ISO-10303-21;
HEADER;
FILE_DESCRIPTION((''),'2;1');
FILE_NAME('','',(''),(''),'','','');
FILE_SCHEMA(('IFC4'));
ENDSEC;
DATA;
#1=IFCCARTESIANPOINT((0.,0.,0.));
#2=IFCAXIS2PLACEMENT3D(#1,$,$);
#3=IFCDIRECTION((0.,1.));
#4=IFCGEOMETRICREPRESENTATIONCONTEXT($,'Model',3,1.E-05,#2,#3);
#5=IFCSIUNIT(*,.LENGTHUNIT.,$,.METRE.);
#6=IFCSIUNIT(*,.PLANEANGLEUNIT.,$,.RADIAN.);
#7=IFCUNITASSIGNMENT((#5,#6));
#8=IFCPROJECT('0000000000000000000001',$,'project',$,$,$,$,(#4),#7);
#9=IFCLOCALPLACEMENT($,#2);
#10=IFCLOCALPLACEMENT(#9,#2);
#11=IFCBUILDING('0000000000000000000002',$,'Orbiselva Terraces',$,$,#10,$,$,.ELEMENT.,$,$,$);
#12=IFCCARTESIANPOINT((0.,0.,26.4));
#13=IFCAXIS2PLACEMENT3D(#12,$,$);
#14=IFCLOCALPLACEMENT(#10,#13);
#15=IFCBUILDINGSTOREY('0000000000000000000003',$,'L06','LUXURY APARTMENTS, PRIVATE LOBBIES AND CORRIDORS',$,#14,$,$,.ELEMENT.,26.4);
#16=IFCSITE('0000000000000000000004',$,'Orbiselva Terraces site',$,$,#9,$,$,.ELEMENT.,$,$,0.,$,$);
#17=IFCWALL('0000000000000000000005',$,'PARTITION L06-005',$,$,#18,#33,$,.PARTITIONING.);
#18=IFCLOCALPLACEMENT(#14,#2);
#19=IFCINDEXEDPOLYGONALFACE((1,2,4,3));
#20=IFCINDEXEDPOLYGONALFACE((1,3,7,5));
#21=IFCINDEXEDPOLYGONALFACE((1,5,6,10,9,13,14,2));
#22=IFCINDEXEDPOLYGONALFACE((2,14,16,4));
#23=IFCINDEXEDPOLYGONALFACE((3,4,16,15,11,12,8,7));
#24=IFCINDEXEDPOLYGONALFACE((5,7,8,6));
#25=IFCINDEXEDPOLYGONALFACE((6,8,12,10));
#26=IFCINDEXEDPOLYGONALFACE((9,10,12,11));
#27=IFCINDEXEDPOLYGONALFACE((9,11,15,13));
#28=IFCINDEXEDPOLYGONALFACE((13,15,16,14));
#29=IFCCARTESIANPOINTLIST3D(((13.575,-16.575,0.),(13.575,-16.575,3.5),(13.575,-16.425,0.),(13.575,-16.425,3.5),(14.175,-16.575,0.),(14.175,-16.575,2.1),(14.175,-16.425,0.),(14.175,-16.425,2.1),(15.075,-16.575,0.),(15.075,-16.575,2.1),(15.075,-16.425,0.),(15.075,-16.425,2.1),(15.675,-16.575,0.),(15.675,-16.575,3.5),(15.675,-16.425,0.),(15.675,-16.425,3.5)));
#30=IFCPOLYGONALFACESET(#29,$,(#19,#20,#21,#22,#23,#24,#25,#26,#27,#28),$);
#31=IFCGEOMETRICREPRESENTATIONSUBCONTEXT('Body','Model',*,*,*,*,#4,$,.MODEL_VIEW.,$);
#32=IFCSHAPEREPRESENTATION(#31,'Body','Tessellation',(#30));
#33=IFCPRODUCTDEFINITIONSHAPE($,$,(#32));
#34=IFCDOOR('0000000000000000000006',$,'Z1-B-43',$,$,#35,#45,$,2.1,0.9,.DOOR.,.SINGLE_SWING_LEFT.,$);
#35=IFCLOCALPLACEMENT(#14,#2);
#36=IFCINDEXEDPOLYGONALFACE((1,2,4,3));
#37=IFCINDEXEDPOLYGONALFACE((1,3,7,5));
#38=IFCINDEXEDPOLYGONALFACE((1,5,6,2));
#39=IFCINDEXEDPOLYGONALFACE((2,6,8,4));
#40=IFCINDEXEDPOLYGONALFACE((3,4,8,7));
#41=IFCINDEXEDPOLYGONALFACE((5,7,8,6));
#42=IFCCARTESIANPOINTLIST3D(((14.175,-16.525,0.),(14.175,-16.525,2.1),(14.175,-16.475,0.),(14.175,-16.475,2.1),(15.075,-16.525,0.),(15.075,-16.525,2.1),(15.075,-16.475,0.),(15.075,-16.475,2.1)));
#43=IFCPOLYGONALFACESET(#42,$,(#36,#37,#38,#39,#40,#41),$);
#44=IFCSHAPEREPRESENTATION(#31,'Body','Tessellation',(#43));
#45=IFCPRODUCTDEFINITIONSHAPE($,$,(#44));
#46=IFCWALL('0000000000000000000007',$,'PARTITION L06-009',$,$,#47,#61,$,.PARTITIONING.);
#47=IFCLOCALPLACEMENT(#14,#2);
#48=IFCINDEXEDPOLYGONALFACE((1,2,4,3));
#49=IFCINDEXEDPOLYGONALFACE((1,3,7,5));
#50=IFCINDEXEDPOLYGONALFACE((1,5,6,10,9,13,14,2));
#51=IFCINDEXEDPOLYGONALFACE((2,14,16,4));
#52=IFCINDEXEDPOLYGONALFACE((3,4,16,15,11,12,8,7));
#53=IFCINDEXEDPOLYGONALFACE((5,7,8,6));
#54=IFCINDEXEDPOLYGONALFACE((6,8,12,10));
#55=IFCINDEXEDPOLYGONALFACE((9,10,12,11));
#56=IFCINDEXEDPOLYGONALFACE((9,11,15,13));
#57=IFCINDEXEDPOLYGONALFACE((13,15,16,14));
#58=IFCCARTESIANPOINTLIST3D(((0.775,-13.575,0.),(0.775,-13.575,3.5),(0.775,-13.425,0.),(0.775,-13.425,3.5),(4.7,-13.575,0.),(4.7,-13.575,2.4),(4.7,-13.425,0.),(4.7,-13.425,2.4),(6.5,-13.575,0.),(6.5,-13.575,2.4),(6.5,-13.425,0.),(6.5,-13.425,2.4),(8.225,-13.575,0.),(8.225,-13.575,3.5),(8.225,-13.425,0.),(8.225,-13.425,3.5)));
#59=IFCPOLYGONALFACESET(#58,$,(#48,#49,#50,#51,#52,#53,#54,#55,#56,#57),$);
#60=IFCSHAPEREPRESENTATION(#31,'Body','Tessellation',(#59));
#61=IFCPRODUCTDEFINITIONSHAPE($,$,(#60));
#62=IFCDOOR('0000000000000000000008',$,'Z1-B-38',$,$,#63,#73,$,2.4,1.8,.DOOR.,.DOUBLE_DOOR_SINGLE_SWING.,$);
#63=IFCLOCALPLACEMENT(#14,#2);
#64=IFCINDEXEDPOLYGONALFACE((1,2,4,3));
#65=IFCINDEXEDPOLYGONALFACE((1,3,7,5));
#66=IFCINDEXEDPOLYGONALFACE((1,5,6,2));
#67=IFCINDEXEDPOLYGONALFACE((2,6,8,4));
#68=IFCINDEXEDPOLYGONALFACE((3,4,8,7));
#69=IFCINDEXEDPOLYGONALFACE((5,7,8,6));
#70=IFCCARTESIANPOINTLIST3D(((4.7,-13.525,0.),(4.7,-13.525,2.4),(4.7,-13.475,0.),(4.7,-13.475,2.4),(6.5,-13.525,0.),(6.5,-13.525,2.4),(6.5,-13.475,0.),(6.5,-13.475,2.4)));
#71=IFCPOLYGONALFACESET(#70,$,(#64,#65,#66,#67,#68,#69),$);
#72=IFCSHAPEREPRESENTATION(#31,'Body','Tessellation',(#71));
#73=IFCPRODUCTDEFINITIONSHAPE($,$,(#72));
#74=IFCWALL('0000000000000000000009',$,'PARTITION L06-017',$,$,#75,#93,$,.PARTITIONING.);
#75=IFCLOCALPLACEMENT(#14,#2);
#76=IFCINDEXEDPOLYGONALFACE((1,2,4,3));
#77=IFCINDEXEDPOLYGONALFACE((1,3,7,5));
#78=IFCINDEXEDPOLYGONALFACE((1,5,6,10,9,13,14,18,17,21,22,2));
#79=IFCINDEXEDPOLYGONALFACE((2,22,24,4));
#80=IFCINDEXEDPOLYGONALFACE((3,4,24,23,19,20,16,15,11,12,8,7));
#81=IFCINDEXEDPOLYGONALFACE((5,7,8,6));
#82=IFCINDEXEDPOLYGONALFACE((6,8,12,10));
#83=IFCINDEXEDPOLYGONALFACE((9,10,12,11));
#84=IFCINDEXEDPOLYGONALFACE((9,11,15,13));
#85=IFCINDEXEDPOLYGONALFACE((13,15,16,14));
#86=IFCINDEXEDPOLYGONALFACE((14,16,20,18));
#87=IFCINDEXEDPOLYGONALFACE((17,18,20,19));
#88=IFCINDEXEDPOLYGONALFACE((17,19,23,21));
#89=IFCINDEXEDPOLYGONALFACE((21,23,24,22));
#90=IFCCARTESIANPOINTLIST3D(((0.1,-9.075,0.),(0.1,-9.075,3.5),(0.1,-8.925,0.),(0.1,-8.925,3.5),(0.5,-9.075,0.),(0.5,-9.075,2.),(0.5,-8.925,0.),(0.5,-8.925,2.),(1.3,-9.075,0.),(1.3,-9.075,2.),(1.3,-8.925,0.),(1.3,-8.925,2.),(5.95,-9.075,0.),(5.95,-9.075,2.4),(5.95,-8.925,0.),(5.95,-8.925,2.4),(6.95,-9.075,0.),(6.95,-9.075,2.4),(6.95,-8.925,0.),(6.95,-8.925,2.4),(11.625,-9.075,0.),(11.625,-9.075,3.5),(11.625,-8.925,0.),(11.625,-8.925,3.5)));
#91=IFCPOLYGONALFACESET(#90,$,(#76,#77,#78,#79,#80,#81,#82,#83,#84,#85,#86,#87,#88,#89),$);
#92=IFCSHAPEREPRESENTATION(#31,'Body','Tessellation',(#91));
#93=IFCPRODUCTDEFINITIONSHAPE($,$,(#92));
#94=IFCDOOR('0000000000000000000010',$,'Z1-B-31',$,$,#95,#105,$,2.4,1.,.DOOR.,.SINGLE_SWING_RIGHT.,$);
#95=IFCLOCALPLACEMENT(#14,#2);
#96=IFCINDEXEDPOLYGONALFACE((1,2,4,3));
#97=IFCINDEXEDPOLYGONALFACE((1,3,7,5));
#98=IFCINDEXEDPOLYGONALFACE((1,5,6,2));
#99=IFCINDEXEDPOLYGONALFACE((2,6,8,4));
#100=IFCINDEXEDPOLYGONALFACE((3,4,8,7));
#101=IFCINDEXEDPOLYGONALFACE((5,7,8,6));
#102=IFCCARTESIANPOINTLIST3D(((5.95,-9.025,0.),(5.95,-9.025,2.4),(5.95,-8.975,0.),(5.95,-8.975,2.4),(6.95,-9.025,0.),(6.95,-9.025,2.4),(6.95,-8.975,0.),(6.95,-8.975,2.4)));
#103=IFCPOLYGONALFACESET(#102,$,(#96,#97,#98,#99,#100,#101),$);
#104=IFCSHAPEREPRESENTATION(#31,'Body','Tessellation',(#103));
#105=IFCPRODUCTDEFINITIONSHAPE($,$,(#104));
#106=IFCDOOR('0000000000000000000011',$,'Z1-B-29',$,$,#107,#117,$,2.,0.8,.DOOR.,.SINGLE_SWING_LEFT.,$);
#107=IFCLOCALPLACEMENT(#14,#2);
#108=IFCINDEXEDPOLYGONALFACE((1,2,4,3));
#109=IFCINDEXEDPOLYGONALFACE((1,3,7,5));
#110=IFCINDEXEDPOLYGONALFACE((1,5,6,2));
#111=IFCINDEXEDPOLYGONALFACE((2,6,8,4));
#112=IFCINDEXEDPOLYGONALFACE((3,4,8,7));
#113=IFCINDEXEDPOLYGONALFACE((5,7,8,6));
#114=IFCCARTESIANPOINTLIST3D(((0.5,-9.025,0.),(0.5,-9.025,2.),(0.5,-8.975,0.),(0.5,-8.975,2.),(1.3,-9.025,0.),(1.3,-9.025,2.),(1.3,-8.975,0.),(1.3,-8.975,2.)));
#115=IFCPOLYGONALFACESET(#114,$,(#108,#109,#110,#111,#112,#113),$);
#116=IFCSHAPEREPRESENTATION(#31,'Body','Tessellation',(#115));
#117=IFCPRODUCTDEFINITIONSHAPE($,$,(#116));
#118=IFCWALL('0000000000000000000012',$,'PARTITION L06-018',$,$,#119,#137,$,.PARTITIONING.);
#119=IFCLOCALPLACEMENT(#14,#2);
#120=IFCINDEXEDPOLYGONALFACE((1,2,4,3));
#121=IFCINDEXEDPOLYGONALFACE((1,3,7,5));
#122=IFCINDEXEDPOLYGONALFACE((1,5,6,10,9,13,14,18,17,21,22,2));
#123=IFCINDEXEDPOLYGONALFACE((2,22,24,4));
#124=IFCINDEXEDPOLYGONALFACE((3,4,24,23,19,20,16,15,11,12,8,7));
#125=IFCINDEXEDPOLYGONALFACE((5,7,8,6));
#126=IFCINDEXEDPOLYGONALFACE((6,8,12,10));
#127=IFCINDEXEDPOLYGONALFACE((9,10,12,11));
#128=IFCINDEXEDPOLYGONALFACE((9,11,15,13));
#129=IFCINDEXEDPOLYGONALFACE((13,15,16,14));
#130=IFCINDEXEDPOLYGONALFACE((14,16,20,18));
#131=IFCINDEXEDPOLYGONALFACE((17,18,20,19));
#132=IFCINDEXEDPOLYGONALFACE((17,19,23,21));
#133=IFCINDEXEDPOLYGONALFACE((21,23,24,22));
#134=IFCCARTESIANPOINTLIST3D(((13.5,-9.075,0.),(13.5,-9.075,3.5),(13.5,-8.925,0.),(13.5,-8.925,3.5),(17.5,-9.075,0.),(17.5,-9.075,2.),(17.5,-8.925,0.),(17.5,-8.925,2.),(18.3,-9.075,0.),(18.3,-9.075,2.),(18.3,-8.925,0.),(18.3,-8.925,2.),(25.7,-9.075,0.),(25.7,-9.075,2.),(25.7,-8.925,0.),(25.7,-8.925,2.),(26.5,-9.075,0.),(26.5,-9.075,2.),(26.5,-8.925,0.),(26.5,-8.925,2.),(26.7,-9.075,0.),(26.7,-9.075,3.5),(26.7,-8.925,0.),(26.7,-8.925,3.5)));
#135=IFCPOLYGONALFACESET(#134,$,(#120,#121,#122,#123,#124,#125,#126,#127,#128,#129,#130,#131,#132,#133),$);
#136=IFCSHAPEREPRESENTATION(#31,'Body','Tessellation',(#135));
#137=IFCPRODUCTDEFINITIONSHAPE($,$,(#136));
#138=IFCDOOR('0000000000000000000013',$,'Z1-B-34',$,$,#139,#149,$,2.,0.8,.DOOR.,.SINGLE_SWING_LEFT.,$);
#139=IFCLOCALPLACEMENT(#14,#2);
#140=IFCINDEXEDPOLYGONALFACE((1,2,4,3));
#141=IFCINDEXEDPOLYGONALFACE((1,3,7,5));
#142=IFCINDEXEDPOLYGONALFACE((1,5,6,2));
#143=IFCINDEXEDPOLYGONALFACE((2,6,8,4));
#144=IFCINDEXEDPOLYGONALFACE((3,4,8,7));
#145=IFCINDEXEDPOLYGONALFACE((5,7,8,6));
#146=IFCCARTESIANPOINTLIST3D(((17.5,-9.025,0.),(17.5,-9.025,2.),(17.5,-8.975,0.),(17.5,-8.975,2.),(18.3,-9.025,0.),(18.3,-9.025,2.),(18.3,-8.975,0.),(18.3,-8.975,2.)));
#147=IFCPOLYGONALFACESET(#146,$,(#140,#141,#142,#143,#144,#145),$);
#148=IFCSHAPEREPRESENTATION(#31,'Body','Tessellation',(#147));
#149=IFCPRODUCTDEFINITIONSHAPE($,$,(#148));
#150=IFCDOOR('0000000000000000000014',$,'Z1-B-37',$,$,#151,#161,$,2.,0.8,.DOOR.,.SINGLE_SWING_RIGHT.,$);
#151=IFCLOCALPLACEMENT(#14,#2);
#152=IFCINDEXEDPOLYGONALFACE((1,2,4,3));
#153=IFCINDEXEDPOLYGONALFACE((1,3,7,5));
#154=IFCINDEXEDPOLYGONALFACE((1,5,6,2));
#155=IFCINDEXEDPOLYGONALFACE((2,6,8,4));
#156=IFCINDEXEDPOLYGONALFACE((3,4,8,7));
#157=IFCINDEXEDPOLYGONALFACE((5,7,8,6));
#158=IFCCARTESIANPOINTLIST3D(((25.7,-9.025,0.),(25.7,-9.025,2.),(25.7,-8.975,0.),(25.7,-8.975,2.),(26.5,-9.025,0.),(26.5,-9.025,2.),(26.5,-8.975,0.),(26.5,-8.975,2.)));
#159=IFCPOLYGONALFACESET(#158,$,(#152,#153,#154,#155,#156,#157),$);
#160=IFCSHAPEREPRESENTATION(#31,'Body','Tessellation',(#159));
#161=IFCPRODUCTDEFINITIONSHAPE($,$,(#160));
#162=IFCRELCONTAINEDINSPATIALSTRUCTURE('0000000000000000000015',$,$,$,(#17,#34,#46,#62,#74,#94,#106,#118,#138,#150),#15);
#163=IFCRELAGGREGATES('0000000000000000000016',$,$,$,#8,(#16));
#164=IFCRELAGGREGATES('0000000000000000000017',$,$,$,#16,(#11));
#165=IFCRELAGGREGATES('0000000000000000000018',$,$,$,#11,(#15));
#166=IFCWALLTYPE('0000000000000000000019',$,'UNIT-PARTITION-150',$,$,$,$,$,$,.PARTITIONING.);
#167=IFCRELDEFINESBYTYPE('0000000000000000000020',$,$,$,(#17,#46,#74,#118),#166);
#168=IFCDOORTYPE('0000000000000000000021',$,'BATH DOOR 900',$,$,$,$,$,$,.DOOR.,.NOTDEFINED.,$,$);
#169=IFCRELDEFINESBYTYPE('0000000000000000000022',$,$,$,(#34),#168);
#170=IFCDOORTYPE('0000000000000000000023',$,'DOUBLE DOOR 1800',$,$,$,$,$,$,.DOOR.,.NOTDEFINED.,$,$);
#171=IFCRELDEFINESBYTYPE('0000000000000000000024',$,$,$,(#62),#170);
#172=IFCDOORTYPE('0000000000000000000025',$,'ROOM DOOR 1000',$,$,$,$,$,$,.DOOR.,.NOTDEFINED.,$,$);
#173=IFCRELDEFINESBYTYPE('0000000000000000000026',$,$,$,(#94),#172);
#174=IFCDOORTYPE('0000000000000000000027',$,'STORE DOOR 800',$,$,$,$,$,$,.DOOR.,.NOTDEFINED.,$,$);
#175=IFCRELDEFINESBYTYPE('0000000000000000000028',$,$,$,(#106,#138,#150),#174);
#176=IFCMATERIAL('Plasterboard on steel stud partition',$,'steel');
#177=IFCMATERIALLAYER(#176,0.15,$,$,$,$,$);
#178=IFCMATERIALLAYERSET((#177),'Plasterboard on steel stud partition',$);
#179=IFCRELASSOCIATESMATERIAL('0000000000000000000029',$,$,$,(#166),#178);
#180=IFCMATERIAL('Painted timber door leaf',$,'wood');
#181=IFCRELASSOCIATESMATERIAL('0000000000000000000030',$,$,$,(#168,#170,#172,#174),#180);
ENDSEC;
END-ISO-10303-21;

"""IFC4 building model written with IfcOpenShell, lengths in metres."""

from ifc_helpers import new_model, si_unit, direction, frame, frame_2d, origin, place, context, subcontext, project, spatial, rectangle, extrude, material, layer, layer_set, type_object, element, fill, save


model = new_model("IFC4")

# Units and contexts
model_context = context("Model", 3, precision=1e-05, world=origin(), true_north=direction((0.0, 1.0)))
body_context = subcontext(model_context, "Body", "Model", "MODEL_VIEW")
ifc_project = project(units=[si_unit("LENGTHUNIT", "METRE"), si_unit("PLANEANGLEUNIT", "RADIAN")], contexts=[model_context])

# Site, building, storey
site_placement = place(None, origin())
site = spatial("IfcSite", under=ifc_project, at=site_placement, Name="Orbiselva Terraces site", CompositionType="ELEMENT", RefElevation=0.0)
building_placement = place(site_placement, origin())
building = spatial("IfcBuilding", under=site, at=building_placement, Name="Orbiselva Terraces", CompositionType="ELEMENT")
storey_placement = place(building_placement, frame((0.0, 0.0, 26.4)))
storey = spatial("IfcBuildingStorey", under=building, at=storey_placement, Name="L06", Description="LUXURY APARTMENTS, PRIVATE LOBBIES AND CORRIDORS", CompositionType="ELEMENT", Elevation=26.4)

# Shared definitions
ifc_material_1 = material(Name="Plasterboard on steel stud partition", Category="steel")
ifc_layer_1 = layer(ifc_material_1, 0.15)
ifc_layer_set_1 = layer_set([ifc_layer_1], Name="Plasterboard on steel stud partition")
wall_type_1 = type_object("IfcWallType", Name="UNIT-PARTITION-150", PredefinedType="PARTITIONING", material=ifc_layer_set_1)

# Walls, openings, doors
ifc_material_2 = material(Name="Painted timber door leaf", Category="wood")
door_type_1 = type_object("IfcDoorType", Name="BATH DOOR 900", OperationType="NOTDEFINED", PredefinedType="DOOR", material=ifc_material_2)
wall_1_placement = place(storey_placement, frame((13.575, -16.5, 0.0), z_axis=(0.0, 0.0, 1.0), x_axis=(1.0, 0.0, 0.0)))
wall_1 = element("IfcWall", 1, at=wall_1_placement, inside=storey, type_object=wall_type_1, Name="PARTITION L06-005", PredefinedType="PARTITIONING", context=body_context, shape_type="SweptSolid", body=[
    extrude(rectangle(XDim=2.1, YDim=0.15, at=frame_2d((1.05, 0.0))), origin(), (0.0, 0.0, 1.0), 3.5),
])
opening_1_placement = place(wall_1_placement, frame((0.6, 0.0, 0.0)))
opening_1 = element("IfcOpeningElement", 2, at=opening_1_placement, cuts=wall_1, PredefinedType="OPENING", context=body_context, shape_type="SweptSolid", body=[
    extrude(rectangle(XDim=0.9, YDim=2.1, at=frame_2d((0.45, 1.05))), frame((0.0, 0.085, 0.0), z_axis=(0.0, -1.0, 0.0), x_axis=(1.0, 0.0, 0.0)), (0.0, 0.0, 1.0), 0.17),
])
door_1_placement = place(opening_1_placement, origin())
door_1 = element("IfcDoor", 3, at=door_1_placement, inside=storey, type_object=door_type_1, Name="Z1-B-43", OperationType="SINGLE_SWING_LEFT", OverallHeight=2.1, OverallWidth=0.9, PredefinedType="DOOR", context=body_context, shape_type="SweptSolid", body=[
    extrude(rectangle(XDim=0.9, YDim=2.1, at=frame_2d((0.45, 1.05))), frame((0.0, 0.025, 0.0), z_axis=(0.0, -1.0, 0.0), x_axis=(1.0, 0.0, 0.0)), (0.0, 0.0, 1.0), 0.05),
])
fill(opening_1, door_1)
wall_2_placement = place(storey_placement, frame((8.225, -13.5, 0.0), z_axis=(0.0, 0.0, 1.0), x_axis=(-1.0, 0.0, 0.0)))
wall_2 = element("IfcWall", 4, at=wall_2_placement, inside=storey, type_object=wall_type_1, Name="PARTITION L06-009", PredefinedType="PARTITIONING", context=body_context, shape_type="SweptSolid", body=[
    extrude(rectangle(XDim=7.45, YDim=0.15, at=frame_2d((3.725, 0.0))), origin(), (0.0, 0.0, 1.0), 3.5),
])
opening_2_placement = place(wall_2_placement, frame((1.725, 0.0, 0.0)))
opening_2 = element("IfcOpeningElement", 5, at=opening_2_placement, cuts=wall_2, PredefinedType="OPENING", context=body_context, shape_type="SweptSolid", body=[
    extrude(rectangle(XDim=1.8, YDim=2.4, at=frame_2d((0.9, 1.2))), frame((0.0, 0.085, 0.0), z_axis=(0.0, -1.0, 0.0), x_axis=(1.0, 0.0, 0.0)), (0.0, 0.0, 1.0), 0.17),
])
door_type_2 = type_object("IfcDoorType", Name="DOUBLE DOOR 1800", OperationType="NOTDEFINED", PredefinedType="DOOR", material=ifc_material_2)
door_2_placement = place(opening_2_placement, origin())
door_2 = element("IfcDoor", 6, at=door_2_placement, inside=storey, type_object=door_type_2, Name="Z1-B-38", OperationType="DOUBLE_DOOR_SINGLE_SWING", OverallHeight=2.4, OverallWidth=1.8, PredefinedType="DOOR", context=body_context, shape_type="SweptSolid", body=[
    extrude(rectangle(XDim=1.8, YDim=2.4, at=frame_2d((0.9, 1.2))), frame((0.0, 0.025, 0.0), z_axis=(0.0, -1.0, 0.0), x_axis=(1.0, 0.0, 0.0)), (0.0, 0.0, 1.0), 0.05),
])
fill(opening_2, door_2)

# Walls, openings, doors
wall_3_placement = place(storey_placement, frame((0.1, -9.0, 0.0), z_axis=(0.0, 0.0, 1.0), x_axis=(1.0, 0.0, 0.0)))
wall_3 = element("IfcWall", 7, at=wall_3_placement, inside=storey, type_object=wall_type_1, Name="PARTITION L06-017", PredefinedType="PARTITIONING", context=body_context, shape_type="SweptSolid", body=[
    extrude(rectangle(XDim=11.525, YDim=0.15, at=frame_2d((5.7625, 0.0))), origin(), (0.0, 0.0, 1.0), 3.5),
])
opening_3_placement = place(wall_3_placement, frame((0.4, 0.0, 0.0)))
opening_3 = element("IfcOpeningElement", 8, at=opening_3_placement, cuts=wall_3, PredefinedType="OPENING", context=body_context, shape_type="SweptSolid", body=[
    extrude(rectangle(XDim=0.8, YDim=2.0, at=frame_2d((0.4, 1.0))), frame((0.0, 0.085, 0.0), z_axis=(0.0, -1.0, 0.0), x_axis=(1.0, 0.0, 0.0)), (0.0, 0.0, 1.0), 0.17),
])
opening_4_placement = place(wall_3_placement, frame((5.85, 0.0, 0.0)))
opening_4 = element("IfcOpeningElement", 9, at=opening_4_placement, cuts=wall_3, PredefinedType="OPENING", context=body_context, shape_type="SweptSolid", body=[
    extrude(rectangle(XDim=1.0, YDim=2.4, at=frame_2d((0.5, 1.2))), frame((0.0, 0.085, 0.0), z_axis=(0.0, -1.0, 0.0), x_axis=(1.0, 0.0, 0.0)), (0.0, 0.0, 1.0), 0.17),
])
door_type_3 = type_object("IfcDoorType", Name="ROOM DOOR 1000", OperationType="NOTDEFINED", PredefinedType="DOOR", material=ifc_material_2)
door_3_placement = place(opening_4_placement, origin())
door_3 = element("IfcDoor", 10, at=door_3_placement, inside=storey, type_object=door_type_3, Name="Z1-B-31", OperationType="SINGLE_SWING_RIGHT", OverallHeight=2.4, OverallWidth=1.0, PredefinedType="DOOR", context=body_context, shape_type="SweptSolid", body=[
    extrude(rectangle(XDim=1.0, YDim=2.4, at=frame_2d((0.5, 1.2))), frame((0.0, 0.025, 0.0), z_axis=(0.0, -1.0, 0.0), x_axis=(1.0, 0.0, 0.0)), (0.0, 0.0, 1.0), 0.05),
])
fill(opening_4, door_3)
door_type_4 = type_object("IfcDoorType", Name="STORE DOOR 800", OperationType="NOTDEFINED", PredefinedType="DOOR", material=ifc_material_2)
door_4_placement = place(opening_3_placement, origin())
door_4 = element("IfcDoor", 11, at=door_4_placement, inside=storey, type_object=door_type_4, Name="Z1-B-29", OperationType="SINGLE_SWING_LEFT", OverallHeight=2.0, OverallWidth=0.8, PredefinedType="DOOR", context=body_context, shape_type="SweptSolid", body=[
    extrude(rectangle(XDim=0.8, YDim=2.0, at=frame_2d((0.4, 1.0))), frame((0.0, 0.025, 0.0), z_axis=(0.0, -1.0, 0.0), x_axis=(1.0, 0.0, 0.0)), (0.0, 0.0, 1.0), 0.05),
])
fill(opening_3, door_4)
wall_4_placement = place(storey_placement, frame((13.5, -9.0, 0.0), z_axis=(0.0, 0.0, 1.0), x_axis=(1.0, 0.0, 0.0)))
wall_4 = element("IfcWall", 12, at=wall_4_placement, inside=storey, type_object=wall_type_1, Name="PARTITION L06-018", PredefinedType="PARTITIONING", context=body_context, shape_type="SweptSolid", body=[
    extrude(rectangle(XDim=13.2, YDim=0.15, at=frame_2d((6.6, 0.0))), origin(), (0.0, 0.0, 1.0), 3.5),
])
opening_5_placement = place(wall_4_placement, frame((4.0, 0.0, 0.0)))
opening_5 = element("IfcOpeningElement", 13, at=opening_5_placement, cuts=wall_4, PredefinedType="OPENING", context=body_context, shape_type="SweptSolid", body=[
    extrude(rectangle(XDim=0.8, YDim=2.0, at=frame_2d((0.4, 1.0))), frame((0.0, 0.085, 0.0), z_axis=(0.0, -1.0, 0.0), x_axis=(1.0, 0.0, 0.0)), (0.0, 0.0, 1.0), 0.17),
])
opening_6_placement = place(wall_4_placement, frame((12.2, 0.0, 0.0)))
opening_6 = element("IfcOpeningElement", 14, at=opening_6_placement, cuts=wall_4, PredefinedType="OPENING", context=body_context, shape_type="SweptSolid", body=[
    extrude(rectangle(XDim=0.8, YDim=2.0, at=frame_2d((0.4, 1.0))), frame((0.0, 0.085, 0.0), z_axis=(0.0, -1.0, 0.0), x_axis=(1.0, 0.0, 0.0)), (0.0, 0.0, 1.0), 0.17),
])
door_5_placement = place(opening_5_placement, origin())
door_5 = element("IfcDoor", 15, at=door_5_placement, inside=storey, type_object=door_type_4, Name="Z1-B-34", OperationType="SINGLE_SWING_LEFT", OverallHeight=2.0, OverallWidth=0.8, PredefinedType="DOOR", context=body_context, shape_type="SweptSolid", body=[
    extrude(rectangle(XDim=0.8, YDim=2.0, at=frame_2d((0.4, 1.0))), frame((0.0, 0.025, 0.0), z_axis=(0.0, -1.0, 0.0), x_axis=(1.0, 0.0, 0.0)), (0.0, 0.0, 1.0), 0.05),
])
fill(opening_5, door_5)
door_6_placement = place(opening_6_placement, origin())
door_6 = element("IfcDoor", 16, at=door_6_placement, inside=storey, type_object=door_type_4, Name="Z1-B-37", OperationType="SINGLE_SWING_RIGHT", OverallHeight=2.0, OverallWidth=0.8, PredefinedType="DOOR", context=body_context, shape_type="SweptSolid", body=[
    extrude(rectangle(XDim=0.8, YDim=2.0, at=frame_2d((0.4, 1.0))), frame((0.0, 0.025, 0.0), z_axis=(0.0, -1.0, 0.0), x_axis=(1.0, 0.0, 0.0)), (0.0, 0.0, 1.0), 0.05),
])
fill(opening_6, door_6)

save(model, "model.ifc")
